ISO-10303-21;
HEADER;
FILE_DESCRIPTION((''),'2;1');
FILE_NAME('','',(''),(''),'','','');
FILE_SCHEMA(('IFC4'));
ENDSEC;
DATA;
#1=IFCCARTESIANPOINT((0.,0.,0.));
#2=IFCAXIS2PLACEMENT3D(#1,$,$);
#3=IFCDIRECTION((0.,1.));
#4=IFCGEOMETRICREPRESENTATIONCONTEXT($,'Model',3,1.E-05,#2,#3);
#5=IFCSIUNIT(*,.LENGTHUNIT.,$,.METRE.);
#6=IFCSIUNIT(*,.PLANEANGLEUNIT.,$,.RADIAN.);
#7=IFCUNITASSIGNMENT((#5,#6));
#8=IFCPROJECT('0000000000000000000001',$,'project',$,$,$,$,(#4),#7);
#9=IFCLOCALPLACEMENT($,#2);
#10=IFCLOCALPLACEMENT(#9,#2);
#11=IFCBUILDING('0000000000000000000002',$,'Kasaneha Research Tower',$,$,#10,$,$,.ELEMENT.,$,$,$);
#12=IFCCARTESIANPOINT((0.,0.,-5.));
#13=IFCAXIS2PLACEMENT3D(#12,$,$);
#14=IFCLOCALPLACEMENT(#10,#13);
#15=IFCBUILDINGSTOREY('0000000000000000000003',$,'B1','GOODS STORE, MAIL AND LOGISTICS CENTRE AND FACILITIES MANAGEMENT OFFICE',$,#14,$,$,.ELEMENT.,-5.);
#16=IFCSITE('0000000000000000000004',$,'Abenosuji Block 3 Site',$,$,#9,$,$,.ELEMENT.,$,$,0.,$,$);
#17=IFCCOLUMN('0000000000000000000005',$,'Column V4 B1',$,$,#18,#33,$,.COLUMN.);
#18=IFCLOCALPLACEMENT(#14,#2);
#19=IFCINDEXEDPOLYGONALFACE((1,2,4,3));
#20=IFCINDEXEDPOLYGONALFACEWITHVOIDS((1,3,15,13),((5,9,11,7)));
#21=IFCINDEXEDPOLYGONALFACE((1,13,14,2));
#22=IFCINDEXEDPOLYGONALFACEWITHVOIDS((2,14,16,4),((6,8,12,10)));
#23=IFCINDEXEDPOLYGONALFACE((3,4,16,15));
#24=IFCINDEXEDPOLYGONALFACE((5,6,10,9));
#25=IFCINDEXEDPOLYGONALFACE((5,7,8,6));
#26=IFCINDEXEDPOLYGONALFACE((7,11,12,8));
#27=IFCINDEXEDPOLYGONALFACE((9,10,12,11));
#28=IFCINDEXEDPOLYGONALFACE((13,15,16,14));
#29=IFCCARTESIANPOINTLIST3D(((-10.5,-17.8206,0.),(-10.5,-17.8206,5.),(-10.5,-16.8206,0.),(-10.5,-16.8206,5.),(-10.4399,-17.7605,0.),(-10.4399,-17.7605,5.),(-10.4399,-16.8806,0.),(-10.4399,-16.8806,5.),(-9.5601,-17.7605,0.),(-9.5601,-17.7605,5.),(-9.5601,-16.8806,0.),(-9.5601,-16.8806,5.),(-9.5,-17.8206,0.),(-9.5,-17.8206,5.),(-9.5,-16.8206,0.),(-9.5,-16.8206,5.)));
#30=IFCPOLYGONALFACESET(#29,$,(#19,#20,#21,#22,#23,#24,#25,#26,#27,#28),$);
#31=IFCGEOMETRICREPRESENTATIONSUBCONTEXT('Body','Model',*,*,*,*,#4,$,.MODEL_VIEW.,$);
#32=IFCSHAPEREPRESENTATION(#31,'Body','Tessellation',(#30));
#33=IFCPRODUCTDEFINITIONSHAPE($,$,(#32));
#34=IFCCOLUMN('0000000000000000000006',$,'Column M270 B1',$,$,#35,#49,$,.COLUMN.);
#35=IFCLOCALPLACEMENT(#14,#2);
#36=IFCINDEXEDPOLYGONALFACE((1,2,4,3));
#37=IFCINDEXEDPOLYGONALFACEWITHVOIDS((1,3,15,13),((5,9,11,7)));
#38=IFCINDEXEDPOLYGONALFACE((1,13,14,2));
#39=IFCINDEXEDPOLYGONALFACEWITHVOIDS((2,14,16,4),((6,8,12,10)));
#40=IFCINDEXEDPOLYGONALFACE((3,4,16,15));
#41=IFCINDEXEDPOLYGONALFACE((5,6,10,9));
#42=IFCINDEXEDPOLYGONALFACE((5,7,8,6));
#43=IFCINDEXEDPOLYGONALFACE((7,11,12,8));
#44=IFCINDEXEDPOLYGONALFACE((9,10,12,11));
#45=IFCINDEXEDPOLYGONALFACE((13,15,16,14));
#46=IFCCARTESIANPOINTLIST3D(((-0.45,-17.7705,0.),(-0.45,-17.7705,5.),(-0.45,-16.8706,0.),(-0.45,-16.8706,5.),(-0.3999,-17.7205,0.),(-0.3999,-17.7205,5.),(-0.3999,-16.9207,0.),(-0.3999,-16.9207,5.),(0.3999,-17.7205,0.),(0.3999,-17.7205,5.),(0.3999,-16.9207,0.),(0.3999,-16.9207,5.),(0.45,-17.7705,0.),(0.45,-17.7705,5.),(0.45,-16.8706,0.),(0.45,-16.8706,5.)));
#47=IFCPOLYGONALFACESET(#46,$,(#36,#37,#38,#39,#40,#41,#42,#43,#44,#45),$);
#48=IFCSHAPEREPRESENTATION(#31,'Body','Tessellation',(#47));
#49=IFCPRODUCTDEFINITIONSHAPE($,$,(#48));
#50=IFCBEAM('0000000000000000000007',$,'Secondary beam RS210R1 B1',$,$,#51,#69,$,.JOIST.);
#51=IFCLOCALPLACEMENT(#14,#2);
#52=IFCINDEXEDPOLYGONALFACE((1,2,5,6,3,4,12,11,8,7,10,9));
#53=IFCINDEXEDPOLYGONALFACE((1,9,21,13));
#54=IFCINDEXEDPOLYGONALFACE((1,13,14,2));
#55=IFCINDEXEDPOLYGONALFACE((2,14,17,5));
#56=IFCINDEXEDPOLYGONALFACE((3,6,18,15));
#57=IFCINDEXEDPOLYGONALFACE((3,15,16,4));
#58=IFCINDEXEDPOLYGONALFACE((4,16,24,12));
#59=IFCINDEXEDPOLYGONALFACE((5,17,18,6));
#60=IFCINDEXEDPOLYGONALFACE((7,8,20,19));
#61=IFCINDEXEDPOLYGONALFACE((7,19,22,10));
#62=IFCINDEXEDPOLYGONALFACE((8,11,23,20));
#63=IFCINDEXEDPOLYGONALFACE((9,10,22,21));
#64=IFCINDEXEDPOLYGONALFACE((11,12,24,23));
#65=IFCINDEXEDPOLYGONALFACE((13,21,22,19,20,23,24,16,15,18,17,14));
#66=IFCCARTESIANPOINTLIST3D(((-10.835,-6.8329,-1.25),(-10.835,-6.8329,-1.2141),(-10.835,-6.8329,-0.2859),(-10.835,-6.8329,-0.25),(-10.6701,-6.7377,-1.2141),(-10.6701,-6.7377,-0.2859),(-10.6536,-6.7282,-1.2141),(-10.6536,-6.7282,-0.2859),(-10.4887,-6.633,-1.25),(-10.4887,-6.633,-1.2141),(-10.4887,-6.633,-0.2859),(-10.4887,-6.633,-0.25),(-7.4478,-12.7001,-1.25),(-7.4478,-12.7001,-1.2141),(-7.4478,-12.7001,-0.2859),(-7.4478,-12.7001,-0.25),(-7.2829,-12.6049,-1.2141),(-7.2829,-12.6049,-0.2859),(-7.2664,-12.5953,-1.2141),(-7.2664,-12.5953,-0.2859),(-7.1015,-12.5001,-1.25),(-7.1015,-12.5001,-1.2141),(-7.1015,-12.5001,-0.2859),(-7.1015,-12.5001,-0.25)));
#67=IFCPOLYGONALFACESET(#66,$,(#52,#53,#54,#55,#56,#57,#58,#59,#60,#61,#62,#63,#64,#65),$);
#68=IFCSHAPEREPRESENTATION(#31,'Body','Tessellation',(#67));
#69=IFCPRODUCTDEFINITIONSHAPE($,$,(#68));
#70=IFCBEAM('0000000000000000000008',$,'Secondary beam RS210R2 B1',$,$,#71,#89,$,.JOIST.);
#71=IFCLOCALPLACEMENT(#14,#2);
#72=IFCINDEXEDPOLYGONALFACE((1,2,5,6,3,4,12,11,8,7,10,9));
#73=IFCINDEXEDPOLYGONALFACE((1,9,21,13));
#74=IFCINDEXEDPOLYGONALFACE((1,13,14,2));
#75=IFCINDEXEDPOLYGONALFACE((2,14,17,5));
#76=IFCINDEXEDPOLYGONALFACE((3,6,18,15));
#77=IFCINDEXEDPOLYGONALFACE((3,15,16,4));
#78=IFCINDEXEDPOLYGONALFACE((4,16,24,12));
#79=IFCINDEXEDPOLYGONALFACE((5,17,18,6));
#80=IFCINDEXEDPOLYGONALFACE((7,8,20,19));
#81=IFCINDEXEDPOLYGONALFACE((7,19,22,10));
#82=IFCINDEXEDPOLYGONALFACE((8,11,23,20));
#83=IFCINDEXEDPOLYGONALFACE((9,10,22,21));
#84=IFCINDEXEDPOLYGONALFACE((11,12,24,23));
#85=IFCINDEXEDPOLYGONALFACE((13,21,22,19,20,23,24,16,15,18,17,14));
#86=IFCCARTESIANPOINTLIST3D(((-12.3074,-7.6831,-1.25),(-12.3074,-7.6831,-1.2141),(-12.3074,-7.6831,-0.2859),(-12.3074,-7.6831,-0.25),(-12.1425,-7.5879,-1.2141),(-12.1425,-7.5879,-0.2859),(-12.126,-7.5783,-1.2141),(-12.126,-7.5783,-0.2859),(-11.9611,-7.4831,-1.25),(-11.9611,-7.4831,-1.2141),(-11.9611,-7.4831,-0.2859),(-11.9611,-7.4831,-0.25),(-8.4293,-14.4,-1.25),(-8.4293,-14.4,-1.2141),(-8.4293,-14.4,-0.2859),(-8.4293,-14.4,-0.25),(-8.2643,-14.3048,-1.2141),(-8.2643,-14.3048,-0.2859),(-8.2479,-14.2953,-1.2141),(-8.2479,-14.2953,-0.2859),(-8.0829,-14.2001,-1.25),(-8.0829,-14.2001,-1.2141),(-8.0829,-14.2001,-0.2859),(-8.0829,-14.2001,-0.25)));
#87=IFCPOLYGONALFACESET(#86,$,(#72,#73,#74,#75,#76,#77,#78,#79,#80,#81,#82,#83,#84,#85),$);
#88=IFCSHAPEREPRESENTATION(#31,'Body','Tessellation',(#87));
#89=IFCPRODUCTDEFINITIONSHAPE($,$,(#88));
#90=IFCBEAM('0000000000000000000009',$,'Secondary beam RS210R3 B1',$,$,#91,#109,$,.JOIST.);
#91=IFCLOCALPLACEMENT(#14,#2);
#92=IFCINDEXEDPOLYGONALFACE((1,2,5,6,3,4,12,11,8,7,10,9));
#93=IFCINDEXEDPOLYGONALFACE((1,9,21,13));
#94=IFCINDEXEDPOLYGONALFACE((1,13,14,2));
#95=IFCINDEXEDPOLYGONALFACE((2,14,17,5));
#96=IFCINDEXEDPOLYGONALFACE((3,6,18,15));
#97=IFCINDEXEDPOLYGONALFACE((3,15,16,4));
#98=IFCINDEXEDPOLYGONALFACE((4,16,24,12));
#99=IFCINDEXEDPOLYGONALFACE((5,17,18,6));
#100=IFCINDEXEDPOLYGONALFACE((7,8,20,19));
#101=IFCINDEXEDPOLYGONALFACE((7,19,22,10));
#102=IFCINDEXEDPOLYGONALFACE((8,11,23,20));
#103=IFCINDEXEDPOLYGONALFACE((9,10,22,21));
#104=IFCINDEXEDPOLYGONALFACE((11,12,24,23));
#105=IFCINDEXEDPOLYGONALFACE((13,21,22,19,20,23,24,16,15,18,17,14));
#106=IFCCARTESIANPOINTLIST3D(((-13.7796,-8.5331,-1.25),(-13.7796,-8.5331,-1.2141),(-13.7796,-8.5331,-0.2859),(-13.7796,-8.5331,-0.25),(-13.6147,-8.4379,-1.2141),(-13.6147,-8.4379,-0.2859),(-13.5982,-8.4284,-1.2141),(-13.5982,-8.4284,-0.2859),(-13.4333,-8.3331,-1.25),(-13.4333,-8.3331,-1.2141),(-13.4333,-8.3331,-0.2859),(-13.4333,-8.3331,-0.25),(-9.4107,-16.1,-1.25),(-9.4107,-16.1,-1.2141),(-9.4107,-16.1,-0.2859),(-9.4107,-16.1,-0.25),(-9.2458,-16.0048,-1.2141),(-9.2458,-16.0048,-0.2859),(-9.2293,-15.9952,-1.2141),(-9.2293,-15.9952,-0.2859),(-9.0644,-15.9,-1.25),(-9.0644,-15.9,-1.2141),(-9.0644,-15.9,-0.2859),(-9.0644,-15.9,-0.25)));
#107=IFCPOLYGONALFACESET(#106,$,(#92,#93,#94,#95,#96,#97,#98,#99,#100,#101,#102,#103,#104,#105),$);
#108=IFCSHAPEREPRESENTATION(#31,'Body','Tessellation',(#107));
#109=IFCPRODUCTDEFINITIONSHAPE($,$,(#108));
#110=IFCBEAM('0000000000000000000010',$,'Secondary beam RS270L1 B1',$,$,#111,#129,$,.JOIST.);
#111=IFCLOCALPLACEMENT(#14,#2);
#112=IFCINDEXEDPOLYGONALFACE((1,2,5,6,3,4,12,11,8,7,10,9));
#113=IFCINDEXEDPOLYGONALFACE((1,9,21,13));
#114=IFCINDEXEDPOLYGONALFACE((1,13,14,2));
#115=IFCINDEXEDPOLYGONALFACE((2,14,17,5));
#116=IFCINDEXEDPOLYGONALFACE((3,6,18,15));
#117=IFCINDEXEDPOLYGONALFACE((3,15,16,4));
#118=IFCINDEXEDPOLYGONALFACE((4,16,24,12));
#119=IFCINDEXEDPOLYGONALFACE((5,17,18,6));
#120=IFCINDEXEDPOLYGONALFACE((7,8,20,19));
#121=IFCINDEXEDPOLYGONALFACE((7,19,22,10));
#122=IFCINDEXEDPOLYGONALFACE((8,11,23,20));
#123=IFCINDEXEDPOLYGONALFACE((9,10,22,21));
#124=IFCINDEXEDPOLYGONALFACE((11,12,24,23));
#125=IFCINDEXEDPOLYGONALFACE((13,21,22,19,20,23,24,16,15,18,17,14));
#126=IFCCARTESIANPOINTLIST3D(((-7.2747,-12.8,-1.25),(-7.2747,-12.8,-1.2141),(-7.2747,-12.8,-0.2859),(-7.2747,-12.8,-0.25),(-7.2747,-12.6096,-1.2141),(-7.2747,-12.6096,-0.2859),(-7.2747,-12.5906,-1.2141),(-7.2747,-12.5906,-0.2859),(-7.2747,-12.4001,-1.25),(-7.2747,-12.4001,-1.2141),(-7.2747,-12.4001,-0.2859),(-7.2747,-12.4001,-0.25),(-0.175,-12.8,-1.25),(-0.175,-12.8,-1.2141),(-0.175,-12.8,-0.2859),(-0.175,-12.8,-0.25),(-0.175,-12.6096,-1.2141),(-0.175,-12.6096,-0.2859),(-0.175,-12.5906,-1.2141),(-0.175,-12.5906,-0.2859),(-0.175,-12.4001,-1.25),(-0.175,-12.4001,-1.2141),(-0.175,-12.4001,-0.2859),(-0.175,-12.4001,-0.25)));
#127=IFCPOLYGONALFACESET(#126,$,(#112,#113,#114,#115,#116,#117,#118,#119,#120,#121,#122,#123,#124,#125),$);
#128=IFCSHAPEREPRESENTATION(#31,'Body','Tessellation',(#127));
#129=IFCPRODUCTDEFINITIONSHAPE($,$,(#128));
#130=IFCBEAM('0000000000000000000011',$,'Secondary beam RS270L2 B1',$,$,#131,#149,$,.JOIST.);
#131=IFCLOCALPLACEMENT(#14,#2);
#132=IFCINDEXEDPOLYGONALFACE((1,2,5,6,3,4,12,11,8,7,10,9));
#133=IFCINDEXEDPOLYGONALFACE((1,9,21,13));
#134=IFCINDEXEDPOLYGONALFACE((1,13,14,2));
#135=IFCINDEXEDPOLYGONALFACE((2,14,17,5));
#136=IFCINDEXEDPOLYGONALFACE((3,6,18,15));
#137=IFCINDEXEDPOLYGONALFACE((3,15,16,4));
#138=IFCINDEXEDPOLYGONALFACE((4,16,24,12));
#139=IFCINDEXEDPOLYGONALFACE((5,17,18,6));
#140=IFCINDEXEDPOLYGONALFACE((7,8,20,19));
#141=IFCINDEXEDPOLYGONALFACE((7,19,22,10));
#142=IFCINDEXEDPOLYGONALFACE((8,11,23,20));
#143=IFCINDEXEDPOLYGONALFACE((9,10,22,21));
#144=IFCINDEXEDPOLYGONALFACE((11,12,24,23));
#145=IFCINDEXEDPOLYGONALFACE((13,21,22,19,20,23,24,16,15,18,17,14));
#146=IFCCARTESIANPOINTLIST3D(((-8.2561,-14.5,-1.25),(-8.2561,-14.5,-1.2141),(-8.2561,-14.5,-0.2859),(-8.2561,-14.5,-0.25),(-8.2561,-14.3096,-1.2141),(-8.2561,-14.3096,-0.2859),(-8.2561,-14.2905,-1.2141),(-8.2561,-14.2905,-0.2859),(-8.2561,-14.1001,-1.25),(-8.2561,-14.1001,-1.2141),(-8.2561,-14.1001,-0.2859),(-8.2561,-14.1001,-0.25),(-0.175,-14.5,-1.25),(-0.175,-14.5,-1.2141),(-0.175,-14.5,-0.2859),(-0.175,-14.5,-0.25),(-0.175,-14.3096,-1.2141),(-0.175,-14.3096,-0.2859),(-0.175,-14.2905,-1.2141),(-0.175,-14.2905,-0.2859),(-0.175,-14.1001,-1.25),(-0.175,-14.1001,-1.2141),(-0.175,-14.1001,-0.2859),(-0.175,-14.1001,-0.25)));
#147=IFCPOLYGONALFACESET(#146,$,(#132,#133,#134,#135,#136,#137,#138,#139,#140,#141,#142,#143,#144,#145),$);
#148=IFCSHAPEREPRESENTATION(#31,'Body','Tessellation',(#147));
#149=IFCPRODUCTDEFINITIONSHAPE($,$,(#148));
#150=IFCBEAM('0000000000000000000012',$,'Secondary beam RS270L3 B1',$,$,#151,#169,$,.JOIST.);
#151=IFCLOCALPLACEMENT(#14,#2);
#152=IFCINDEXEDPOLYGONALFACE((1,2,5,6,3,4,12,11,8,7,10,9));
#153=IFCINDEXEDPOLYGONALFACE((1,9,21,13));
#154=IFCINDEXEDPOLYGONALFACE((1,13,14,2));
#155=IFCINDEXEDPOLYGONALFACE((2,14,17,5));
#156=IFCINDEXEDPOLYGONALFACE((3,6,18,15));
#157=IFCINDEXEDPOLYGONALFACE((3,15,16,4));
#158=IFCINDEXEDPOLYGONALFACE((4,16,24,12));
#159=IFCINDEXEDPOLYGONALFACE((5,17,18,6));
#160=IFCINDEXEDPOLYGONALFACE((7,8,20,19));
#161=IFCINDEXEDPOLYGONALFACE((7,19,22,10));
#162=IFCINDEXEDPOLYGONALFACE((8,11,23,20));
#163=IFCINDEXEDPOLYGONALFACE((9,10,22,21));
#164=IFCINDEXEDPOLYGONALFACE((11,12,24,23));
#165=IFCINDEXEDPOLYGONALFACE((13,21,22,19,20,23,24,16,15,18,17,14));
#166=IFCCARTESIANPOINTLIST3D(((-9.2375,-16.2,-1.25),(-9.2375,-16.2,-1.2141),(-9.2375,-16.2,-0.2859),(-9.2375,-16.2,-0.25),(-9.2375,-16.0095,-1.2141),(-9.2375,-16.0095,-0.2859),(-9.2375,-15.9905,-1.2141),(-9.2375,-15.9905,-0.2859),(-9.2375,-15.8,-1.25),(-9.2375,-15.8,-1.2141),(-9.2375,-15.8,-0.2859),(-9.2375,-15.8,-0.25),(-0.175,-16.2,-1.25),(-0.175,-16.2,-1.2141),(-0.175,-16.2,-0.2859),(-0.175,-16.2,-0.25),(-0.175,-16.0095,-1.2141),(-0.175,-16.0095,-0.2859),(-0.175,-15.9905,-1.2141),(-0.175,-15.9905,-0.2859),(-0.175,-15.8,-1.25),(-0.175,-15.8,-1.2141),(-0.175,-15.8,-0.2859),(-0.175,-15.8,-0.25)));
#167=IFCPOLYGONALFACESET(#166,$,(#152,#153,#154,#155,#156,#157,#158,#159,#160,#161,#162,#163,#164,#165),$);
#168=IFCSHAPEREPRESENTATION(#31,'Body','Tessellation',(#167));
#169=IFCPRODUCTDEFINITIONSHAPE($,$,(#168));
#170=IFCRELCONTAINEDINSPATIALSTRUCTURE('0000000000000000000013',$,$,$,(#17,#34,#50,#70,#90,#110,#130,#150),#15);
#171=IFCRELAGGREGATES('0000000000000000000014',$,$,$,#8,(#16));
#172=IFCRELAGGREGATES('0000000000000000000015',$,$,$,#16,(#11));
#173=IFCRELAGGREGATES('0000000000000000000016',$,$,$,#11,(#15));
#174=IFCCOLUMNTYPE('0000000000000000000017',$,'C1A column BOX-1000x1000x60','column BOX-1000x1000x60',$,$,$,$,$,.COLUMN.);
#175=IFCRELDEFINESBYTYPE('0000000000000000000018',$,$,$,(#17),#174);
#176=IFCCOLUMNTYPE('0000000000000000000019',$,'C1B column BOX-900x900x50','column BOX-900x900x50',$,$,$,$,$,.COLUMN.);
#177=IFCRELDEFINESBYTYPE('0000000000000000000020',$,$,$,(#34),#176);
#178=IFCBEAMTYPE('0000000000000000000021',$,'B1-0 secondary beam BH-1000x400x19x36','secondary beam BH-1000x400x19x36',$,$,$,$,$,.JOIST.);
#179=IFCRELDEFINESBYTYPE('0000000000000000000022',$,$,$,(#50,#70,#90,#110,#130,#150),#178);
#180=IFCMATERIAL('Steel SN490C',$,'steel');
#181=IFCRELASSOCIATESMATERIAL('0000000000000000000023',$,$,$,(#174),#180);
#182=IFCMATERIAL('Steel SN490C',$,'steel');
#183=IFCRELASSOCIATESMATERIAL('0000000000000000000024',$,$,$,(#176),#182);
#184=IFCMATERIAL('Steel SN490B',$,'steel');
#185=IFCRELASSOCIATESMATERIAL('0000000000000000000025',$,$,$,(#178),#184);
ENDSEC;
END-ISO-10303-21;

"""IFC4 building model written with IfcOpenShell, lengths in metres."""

from ifc_helpers import new_model, si_unit, direction, frame, origin, origin_2d, place, context, subcontext, project, spatial, hollow_rectangle, i_section, extrude, material, material_profile, profile_set, type_object, element, save


model = new_model("IFC4")

# Units and contexts
model_context = context("Model", 3, precision=1e-05, world=origin(), true_north=direction((0.0, 1.0)))
body_context = subcontext(model_context, "Body", "Model", "MODEL_VIEW")
ifc_project = project(units=[si_unit("LENGTHUNIT", "METRE"), si_unit("PLANEANGLEUNIT", "RADIAN")], contexts=[model_context])

# Site, building, storey
site_placement = place(None, origin())
site = spatial("IfcSite", under=ifc_project, at=site_placement, Name="Abenosuji Block 3 Site", CompositionType="ELEMENT", RefElevation=0.0)
building_placement = place(site_placement, origin())
building = spatial("IfcBuilding", under=site, at=building_placement, Name="Kasaneha Research Tower", CompositionType="ELEMENT")
storey_placement = place(building_placement, frame((0.0, 0.0, -5.0)))
storey = spatial("IfcBuildingStorey", under=building, at=storey_placement, Name="B1", Description="GOODS STORE, MAIL AND LOGISTICS CENTRE AND FACILITIES MANAGEMENT OFFICE", CompositionType="ELEMENT", Elevation=-5.0)

# Columns
ifc_material_1 = material(Name="Steel SN490C", Category="steel")
ifc_material_profile_1 = material_profile(ifc_material_1, hollow_rectangle(XDim=1.0, YDim=1.0, WallThickness=0.0601, at=origin_2d()), Name="BOX-1000x1000x60")
ifc_profile_set_1 = profile_set([ifc_material_profile_1], Name="Steel SN490C")
column_type_1 = type_object("IfcColumnType", Name="C1A column BOX-1000x1000x60", Description="column BOX-1000x1000x60", PredefinedType="COLUMN", material=ifc_profile_set_1)
column_1_placement = place(storey_placement, frame((-10.0, -17.3206, 0.0), z_axis=(0.0, 0.0, 1.0), x_axis=(1.0, 0.0, 0.0)))
element("IfcColumn", 1, at=column_1_placement, inside=storey, type_object=column_type_1, Name="Column V4 B1", PredefinedType="COLUMN", context=body_context, shape_type="SweptSolid", body=[
    extrude(hollow_rectangle(XDim=1.0, YDim=1.0, WallThickness=0.0601, at=origin_2d()), origin(), (0.0, 0.0, 1.0), 5.0),
])
ifc_material_2 = material(Name="Steel SN490C", Category="steel")
ifc_material_profile_2 = material_profile(ifc_material_2, hollow_rectangle(XDim=0.8999, YDim=0.8999, WallThickness=0.05, at=origin_2d()), Name="BOX-900x900x50")
ifc_profile_set_2 = profile_set([ifc_material_profile_2], Name="Steel SN490C")
column_type_2 = type_object("IfcColumnType", Name="C1B column BOX-900x900x50", Description="column BOX-900x900x50", PredefinedType="COLUMN", material=ifc_profile_set_2)
column_2_placement = place(storey_placement, frame((0.0, -17.3206, 0.0), z_axis=(0.0, 0.0, 1.0), x_axis=(1.0, 0.0, 0.0)))
element("IfcColumn", 2, at=column_2_placement, inside=storey, type_object=column_type_2, Name="Column M270 B1", PredefinedType="COLUMN", context=body_context, shape_type="SweptSolid", body=[
    extrude(hollow_rectangle(XDim=0.8999, YDim=0.8999, WallThickness=0.05, at=origin_2d()), origin(), (0.0, 0.0, 1.0), 5.0),
])

# Beams
ifc_material_3 = material(Name="Steel SN490B", Category="steel")
ifc_material_profile_3 = material_profile(ifc_material_3, i_section(OverallWidth=0.3999, OverallDepth=1.0, WebThickness=0.019, FlangeThickness=0.0359, at=origin_2d()), Name="BH-1000x400x19x36")
ifc_profile_set_3 = profile_set([ifc_material_profile_3], Name="Steel SN490B")
beam_type_1 = type_object("IfcBeamType", Name="B1-0 secondary beam BH-1000x400x19x36", Description="secondary beam BH-1000x400x19x36", PredefinedType="JOIST", material=ifc_profile_set_3)
beam_1_placement = place(storey_placement, frame((-7.2747, -12.6001, -0.75), z_axis=(-0.499976, 0.866039, 0.0), x_axis=(-0.866039, -0.499976, 0.0)))
element("IfcBeam", 3, at=beam_1_placement, inside=storey, type_object=beam_type_1, Name="Secondary beam RS210R1 B1", PredefinedType="JOIST", context=body_context, shape_type="SweptSolid", body=[
    extrude(i_section(OverallWidth=0.3999, OverallDepth=1.0, WebThickness=0.019, FlangeThickness=0.0359, at=origin_2d()), origin(), (0.0, 0.0, 1.0), 6.7747),
])
beam_2_placement = place(storey_placement, frame((-8.2561, -14.3, -0.75), z_axis=(-0.500009, 0.86602, 0.0), x_axis=(-0.86602, -0.500009, 0.0)))
element("IfcBeam", 4, at=beam_2_placement, inside=storey, type_object=beam_type_1, Name="Secondary beam RS210R2 B1", PredefinedType="JOIST", context=body_context, shape_type="SweptSolid", body=[
    extrude(i_section(OverallWidth=0.3999, OverallDepth=1.0, WebThickness=0.019, FlangeThickness=0.0359, at=origin_2d()), origin(), (0.0, 0.0, 1.0), 7.7561),
])
beam_3_placement = place(storey_placement, frame((-9.2375, -16.0, -0.75), z_axis=(-0.500013, 0.866018, 0.0), x_axis=(-0.866018, -0.500013, 0.0)))
element("IfcBeam", 5, at=beam_3_placement, inside=storey, type_object=beam_type_1, Name="Secondary beam RS210R3 B1", PredefinedType="JOIST", context=body_context, shape_type="SweptSolid", body=[
    extrude(i_section(OverallWidth=0.3999, OverallDepth=1.0, WebThickness=0.019, FlangeThickness=0.0359, at=origin_2d()), origin(), (0.0, 0.0, 1.0), 8.7375),
])
beam_4_placement = place(storey_placement, frame((-7.2747, -12.6001, -0.75), z_axis=(1.0, 0.0, 0.0), x_axis=(0.0, 1.0, 0.0)))
element("IfcBeam", 6, at=beam_4_placement, inside=storey, type_object=beam_type_1, Name="Secondary beam RS270L1 B1", PredefinedType="JOIST", context=body_context, shape_type="SweptSolid", body=[
    extrude(i_section(OverallWidth=0.3999, OverallDepth=1.0, WebThickness=0.019, FlangeThickness=0.0359, at=origin_2d()), origin(), (0.0, 0.0, 1.0), 7.0996),
])
beam_5_placement = place(storey_placement, frame((-8.2561, -14.3, -0.75), z_axis=(1.0, 0.0, 0.0), x_axis=(0.0, 1.0, 0.0)))
element("IfcBeam", 7, at=beam_5_placement, inside=storey, type_object=beam_type_1, Name="Secondary beam RS270L2 B1", PredefinedType="JOIST", context=body_context, shape_type="SweptSolid", body=[
    extrude(i_section(OverallWidth=0.3999, OverallDepth=1.0, WebThickness=0.019, FlangeThickness=0.0359, at=origin_2d()), origin(), (0.0, 0.0, 1.0), 8.0811),
])
beam_6_placement = place(storey_placement, frame((-9.2375, -16.0, -0.75), z_axis=(1.0, 0.0, 0.0), x_axis=(0.0, 1.0, 0.0)))
element("IfcBeam", 8, at=beam_6_placement, inside=storey, type_object=beam_type_1, Name="Secondary beam RS270L3 B1", PredefinedType="JOIST", context=body_context, shape_type="SweptSolid", body=[
    extrude(i_section(OverallWidth=0.3999, OverallDepth=1.0, WebThickness=0.019, FlangeThickness=0.0359, at=origin_2d()), origin(), (0.0, 0.0, 1.0), 9.0625),
])

save(model, "model.ifc")
